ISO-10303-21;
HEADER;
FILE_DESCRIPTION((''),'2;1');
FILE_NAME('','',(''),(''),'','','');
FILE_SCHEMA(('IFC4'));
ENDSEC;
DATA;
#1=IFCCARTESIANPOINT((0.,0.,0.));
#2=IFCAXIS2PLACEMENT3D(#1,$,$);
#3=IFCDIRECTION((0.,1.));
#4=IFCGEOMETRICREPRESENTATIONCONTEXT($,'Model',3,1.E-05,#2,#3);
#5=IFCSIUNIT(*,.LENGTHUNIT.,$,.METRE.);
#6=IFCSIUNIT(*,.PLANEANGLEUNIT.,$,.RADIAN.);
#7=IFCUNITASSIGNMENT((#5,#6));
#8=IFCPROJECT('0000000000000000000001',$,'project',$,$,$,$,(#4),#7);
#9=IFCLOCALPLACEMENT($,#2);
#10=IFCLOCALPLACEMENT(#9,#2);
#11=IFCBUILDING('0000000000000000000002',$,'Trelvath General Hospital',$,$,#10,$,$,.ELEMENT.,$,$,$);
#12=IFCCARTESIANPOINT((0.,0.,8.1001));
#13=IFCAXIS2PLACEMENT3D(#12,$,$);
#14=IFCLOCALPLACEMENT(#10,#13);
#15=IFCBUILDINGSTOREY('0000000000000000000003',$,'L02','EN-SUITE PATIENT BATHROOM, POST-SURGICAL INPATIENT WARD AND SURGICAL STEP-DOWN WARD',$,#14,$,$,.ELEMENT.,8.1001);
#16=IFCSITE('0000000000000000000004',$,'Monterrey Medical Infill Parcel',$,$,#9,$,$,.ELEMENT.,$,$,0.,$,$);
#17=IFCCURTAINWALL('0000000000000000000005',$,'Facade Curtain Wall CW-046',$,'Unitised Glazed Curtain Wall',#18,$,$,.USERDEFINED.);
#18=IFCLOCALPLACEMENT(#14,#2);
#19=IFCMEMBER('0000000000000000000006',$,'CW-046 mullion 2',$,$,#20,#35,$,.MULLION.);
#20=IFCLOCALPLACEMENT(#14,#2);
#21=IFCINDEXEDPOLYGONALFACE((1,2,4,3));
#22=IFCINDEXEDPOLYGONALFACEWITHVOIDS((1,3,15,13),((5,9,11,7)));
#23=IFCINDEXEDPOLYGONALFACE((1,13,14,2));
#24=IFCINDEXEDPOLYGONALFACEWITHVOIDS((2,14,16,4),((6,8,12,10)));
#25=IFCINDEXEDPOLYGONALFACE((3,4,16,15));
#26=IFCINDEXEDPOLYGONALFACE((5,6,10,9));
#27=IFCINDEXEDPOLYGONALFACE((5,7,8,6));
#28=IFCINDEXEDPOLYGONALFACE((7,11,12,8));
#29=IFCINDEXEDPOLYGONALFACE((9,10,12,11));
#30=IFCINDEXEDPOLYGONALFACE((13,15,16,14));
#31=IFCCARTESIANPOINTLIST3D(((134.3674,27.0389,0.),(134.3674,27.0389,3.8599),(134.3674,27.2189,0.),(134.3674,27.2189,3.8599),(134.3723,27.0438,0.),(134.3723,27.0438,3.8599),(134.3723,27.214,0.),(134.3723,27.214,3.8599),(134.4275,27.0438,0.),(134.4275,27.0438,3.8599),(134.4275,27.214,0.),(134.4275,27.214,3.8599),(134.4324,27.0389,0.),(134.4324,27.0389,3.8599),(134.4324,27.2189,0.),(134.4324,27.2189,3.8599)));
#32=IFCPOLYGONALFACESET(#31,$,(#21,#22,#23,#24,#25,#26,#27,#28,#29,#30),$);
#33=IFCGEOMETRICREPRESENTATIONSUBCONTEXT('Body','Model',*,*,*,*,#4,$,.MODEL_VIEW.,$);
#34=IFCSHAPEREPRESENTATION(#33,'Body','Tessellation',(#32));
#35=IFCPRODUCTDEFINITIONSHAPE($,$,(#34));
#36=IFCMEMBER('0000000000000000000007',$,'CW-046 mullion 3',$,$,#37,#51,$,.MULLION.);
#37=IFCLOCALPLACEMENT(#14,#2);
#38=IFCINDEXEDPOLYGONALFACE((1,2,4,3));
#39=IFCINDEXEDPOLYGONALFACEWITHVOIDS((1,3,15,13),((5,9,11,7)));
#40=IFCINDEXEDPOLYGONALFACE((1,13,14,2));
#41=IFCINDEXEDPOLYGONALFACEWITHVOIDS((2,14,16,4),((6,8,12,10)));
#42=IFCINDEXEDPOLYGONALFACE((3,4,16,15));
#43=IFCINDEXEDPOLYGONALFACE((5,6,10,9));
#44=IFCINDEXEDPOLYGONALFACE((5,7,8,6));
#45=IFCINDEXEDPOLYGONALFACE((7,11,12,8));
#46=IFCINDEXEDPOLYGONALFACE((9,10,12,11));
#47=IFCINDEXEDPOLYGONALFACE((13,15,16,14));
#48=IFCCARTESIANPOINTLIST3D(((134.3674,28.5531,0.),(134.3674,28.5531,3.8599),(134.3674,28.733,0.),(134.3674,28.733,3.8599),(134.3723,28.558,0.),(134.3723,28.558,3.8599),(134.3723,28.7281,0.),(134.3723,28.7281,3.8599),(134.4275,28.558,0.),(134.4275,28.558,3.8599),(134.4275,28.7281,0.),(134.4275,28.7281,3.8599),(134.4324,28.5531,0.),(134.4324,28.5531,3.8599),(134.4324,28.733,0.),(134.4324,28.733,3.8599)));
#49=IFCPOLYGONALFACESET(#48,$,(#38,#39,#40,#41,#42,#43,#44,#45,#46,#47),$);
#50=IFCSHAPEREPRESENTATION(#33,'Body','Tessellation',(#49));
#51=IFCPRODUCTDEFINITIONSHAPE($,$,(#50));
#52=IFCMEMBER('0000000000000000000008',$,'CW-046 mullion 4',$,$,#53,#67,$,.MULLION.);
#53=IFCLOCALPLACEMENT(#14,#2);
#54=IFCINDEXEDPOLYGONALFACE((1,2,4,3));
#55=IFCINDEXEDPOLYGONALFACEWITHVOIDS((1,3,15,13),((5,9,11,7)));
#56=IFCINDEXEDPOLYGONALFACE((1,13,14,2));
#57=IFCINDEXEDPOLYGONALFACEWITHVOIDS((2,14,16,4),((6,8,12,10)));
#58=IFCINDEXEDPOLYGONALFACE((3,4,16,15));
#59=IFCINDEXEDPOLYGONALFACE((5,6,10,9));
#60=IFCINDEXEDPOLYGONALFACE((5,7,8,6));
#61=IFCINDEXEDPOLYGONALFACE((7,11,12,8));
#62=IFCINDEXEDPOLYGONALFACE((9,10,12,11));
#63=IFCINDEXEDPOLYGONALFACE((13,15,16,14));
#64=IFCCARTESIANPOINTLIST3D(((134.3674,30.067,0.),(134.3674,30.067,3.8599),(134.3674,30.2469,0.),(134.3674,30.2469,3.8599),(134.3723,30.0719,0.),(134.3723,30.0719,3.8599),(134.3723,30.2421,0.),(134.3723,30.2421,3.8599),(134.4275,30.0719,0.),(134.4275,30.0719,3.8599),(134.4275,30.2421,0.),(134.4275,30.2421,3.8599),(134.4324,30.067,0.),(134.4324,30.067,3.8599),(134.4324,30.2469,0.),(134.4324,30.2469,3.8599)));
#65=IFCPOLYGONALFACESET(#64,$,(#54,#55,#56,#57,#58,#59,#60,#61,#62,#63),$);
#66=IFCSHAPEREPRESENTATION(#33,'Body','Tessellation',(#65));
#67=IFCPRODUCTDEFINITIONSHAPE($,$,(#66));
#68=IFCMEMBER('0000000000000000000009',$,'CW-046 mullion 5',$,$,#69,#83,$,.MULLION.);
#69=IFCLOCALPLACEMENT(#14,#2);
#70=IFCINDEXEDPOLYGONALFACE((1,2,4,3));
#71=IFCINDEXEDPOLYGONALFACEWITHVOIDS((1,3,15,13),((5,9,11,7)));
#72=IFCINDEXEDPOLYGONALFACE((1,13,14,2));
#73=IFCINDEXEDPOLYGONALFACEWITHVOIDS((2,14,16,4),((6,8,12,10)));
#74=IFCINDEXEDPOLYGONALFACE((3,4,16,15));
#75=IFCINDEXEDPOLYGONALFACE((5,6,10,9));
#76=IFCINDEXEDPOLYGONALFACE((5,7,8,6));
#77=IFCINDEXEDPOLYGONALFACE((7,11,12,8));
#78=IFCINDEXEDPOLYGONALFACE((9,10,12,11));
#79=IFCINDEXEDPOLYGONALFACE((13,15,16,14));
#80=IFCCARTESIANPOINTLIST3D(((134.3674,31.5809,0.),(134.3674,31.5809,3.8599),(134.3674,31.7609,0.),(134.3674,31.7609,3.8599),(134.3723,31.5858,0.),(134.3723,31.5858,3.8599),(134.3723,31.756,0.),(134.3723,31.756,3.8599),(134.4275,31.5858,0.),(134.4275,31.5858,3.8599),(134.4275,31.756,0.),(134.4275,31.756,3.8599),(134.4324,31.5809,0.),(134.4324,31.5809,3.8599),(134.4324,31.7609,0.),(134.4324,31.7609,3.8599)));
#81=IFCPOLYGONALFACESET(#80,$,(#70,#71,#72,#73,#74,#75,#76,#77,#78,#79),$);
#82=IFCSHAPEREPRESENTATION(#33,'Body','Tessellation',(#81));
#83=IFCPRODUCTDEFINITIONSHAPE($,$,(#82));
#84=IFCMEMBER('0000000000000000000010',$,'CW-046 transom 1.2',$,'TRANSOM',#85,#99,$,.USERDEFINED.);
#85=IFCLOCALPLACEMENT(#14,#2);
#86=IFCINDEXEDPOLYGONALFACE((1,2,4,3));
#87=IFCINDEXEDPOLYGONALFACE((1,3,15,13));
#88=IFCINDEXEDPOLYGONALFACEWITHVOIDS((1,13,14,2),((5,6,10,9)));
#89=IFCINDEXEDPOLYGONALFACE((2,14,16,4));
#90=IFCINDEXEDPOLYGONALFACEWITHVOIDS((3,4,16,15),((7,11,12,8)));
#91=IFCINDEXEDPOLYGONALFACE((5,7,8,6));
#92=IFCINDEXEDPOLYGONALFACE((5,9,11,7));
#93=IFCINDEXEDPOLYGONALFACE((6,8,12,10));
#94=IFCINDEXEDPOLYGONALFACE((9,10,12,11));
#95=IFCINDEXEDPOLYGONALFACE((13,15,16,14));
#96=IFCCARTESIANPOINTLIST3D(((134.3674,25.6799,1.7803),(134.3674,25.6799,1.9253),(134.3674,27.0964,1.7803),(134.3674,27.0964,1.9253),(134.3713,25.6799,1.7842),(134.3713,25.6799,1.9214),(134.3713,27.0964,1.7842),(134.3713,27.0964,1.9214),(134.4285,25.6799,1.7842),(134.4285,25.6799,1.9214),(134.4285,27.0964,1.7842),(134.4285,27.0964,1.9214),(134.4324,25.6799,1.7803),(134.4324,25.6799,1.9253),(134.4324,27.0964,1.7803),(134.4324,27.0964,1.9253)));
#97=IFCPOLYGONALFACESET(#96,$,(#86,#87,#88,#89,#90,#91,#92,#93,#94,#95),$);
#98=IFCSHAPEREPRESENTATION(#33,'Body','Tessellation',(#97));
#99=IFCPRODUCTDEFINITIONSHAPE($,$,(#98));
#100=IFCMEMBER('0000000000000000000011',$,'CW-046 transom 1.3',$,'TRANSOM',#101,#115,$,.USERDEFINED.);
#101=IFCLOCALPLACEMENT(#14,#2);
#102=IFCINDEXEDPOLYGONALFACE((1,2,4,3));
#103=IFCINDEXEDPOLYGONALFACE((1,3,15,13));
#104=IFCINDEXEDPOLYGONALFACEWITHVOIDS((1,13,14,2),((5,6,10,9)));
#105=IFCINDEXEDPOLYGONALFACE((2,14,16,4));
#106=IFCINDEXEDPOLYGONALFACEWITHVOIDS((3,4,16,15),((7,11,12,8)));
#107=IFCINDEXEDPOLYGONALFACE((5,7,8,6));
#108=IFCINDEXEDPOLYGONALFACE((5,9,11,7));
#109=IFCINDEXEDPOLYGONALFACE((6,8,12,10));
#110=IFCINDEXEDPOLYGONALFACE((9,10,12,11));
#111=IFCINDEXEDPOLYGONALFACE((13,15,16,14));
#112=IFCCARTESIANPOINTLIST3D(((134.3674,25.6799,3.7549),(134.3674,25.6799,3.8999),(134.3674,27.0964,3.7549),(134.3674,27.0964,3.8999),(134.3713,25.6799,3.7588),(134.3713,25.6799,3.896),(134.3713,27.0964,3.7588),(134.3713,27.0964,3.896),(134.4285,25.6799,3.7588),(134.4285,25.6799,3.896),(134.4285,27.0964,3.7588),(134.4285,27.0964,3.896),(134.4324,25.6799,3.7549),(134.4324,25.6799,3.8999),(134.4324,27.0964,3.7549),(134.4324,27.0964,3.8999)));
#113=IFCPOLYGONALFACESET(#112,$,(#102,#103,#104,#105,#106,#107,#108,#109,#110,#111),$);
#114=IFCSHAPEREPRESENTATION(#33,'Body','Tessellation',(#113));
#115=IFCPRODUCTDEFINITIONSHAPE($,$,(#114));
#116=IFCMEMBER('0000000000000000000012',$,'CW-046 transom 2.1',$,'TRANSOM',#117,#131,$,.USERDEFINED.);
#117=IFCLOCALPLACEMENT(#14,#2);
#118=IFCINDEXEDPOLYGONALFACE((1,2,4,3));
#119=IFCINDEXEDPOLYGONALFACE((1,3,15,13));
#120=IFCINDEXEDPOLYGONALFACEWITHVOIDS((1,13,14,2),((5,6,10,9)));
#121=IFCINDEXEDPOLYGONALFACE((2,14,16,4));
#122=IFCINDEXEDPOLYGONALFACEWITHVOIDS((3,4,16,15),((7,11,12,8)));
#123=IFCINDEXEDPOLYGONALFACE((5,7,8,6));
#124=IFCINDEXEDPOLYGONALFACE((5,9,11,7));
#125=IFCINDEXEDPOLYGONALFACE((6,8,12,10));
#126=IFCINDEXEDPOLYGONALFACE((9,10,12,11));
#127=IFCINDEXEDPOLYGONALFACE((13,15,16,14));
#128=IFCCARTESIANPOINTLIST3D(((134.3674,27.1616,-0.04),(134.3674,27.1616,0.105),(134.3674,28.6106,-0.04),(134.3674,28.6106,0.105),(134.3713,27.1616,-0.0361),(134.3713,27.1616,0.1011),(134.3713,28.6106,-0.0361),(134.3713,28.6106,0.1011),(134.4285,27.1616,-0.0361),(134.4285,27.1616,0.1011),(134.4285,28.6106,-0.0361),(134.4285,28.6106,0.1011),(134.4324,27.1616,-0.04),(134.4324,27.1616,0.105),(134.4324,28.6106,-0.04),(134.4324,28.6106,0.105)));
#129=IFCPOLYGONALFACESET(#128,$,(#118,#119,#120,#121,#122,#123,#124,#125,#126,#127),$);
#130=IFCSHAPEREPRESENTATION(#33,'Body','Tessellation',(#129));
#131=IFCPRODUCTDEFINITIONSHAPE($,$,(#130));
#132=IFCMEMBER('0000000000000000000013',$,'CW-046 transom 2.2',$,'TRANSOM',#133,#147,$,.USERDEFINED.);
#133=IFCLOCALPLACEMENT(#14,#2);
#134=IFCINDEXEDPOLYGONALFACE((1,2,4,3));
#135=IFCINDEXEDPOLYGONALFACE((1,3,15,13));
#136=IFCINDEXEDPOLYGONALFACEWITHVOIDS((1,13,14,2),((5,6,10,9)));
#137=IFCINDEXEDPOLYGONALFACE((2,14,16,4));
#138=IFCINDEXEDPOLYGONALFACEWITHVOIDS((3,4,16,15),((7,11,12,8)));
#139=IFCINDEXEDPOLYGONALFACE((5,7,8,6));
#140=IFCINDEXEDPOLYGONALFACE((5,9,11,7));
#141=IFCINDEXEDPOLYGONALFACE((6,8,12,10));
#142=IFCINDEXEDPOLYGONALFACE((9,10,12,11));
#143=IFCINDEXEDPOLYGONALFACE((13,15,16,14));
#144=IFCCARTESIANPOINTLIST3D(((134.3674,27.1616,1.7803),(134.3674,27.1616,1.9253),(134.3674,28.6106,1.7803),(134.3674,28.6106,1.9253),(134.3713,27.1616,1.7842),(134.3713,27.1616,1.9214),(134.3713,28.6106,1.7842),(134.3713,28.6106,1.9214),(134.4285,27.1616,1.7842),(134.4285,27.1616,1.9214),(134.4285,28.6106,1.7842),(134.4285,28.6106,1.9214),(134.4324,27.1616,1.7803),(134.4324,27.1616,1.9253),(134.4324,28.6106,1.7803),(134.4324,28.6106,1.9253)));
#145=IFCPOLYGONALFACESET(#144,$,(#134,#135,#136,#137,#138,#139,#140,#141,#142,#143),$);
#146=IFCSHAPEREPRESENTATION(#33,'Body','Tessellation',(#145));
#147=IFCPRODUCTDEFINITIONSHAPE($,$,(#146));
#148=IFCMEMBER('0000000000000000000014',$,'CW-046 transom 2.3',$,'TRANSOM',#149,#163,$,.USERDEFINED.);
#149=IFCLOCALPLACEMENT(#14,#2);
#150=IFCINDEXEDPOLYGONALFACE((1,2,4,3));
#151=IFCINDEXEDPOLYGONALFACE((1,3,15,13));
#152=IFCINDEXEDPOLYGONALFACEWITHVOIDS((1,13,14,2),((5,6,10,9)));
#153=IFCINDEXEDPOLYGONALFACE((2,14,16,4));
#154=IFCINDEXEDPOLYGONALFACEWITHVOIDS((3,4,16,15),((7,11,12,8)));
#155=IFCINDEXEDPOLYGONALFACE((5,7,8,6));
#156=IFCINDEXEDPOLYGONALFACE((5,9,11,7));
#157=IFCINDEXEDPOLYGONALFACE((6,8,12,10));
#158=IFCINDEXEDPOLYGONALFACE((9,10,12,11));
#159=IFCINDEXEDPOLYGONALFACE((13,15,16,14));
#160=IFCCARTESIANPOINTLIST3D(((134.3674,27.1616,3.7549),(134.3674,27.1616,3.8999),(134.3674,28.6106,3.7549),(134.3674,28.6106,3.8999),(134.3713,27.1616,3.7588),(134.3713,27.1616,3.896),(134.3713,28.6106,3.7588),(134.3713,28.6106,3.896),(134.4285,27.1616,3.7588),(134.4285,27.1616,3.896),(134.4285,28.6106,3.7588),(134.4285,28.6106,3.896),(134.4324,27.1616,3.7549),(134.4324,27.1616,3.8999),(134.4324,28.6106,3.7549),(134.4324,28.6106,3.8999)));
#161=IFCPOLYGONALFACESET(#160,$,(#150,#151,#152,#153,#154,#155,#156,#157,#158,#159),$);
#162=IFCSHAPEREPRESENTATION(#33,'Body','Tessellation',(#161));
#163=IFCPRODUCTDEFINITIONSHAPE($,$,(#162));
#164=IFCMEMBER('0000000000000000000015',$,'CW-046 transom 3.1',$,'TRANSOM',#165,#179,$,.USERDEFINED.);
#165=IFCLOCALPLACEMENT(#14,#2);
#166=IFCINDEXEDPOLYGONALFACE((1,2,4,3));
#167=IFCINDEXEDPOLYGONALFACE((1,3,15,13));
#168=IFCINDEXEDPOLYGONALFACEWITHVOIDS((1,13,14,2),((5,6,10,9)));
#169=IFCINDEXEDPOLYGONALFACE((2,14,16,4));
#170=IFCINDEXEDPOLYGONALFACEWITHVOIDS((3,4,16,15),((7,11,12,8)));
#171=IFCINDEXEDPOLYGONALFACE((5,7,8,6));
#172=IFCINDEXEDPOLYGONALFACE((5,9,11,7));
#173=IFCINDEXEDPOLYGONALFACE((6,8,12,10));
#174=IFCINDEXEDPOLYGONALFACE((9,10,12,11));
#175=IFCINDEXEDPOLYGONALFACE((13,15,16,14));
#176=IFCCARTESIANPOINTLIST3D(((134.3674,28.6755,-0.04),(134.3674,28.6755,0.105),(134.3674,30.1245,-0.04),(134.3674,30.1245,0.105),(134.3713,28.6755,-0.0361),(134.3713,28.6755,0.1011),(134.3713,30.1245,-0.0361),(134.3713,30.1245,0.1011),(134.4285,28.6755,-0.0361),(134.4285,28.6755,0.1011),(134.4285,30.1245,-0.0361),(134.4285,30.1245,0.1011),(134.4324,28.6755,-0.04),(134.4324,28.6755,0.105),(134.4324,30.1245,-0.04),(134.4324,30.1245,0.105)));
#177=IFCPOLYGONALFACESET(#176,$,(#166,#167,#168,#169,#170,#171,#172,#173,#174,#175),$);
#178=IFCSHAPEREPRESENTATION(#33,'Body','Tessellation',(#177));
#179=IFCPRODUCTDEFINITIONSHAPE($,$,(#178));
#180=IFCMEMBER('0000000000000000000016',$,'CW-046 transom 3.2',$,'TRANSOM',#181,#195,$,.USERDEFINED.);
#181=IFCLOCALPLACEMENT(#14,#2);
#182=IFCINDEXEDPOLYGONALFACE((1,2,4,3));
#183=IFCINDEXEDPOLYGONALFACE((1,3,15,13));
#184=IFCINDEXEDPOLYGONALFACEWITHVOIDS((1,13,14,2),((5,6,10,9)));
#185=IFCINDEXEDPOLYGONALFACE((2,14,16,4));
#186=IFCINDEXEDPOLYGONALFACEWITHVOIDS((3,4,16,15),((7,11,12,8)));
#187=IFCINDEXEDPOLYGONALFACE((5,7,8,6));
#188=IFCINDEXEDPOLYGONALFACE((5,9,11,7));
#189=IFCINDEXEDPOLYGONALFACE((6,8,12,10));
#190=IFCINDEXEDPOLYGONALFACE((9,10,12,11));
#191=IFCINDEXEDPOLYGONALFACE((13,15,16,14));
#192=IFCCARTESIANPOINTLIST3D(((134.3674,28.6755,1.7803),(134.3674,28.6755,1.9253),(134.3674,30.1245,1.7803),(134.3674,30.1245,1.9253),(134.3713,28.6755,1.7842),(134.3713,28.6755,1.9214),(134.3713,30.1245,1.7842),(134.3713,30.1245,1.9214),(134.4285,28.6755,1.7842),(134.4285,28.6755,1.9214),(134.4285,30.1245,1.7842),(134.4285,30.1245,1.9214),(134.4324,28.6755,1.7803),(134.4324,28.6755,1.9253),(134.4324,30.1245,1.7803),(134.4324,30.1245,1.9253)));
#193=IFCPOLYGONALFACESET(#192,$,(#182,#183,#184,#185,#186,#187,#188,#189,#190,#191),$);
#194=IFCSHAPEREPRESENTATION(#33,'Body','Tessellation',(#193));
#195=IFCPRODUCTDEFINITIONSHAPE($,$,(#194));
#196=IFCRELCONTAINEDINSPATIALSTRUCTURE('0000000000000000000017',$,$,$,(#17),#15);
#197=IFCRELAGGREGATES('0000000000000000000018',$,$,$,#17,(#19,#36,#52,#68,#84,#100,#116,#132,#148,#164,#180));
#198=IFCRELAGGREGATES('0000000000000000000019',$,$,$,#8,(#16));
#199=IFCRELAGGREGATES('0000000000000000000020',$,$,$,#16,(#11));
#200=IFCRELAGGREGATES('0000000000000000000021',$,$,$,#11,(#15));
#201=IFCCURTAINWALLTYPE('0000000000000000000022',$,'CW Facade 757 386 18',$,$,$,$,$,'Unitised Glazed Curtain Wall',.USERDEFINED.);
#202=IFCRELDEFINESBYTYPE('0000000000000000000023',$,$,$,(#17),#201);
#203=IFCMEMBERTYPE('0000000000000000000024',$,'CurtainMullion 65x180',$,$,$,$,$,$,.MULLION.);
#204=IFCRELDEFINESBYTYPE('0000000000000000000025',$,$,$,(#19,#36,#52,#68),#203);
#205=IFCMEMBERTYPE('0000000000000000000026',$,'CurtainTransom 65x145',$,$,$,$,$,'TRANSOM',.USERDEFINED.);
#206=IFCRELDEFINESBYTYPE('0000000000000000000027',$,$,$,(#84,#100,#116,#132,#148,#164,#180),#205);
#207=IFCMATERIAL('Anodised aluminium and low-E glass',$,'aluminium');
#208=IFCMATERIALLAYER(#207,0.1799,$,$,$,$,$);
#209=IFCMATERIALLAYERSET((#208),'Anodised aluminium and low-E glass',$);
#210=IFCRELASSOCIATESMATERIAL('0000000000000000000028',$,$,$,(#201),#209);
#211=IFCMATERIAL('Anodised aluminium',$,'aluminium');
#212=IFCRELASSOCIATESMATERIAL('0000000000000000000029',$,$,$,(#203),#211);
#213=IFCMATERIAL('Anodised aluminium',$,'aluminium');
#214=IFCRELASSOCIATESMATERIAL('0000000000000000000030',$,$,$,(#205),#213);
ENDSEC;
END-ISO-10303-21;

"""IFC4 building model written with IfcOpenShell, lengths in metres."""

from ifc_helpers import new_model, si_unit, direction, frame, origin, origin_2d, place, context, subcontext, project, spatial, hollow_rectangle, extrude, material, layer, layer_set, material_profile, profile_set, type_object, element, aggregate, save


model = new_model("IFC4")

# Units and contexts
model_context = context("Model", 3, precision=1e-05, world=origin(), true_north=direction((0.0, 1.0)))
body_context = subcontext(model_context, "Body", "Model", "MODEL_VIEW")
ifc_project = project(units=[si_unit("LENGTHUNIT", "METRE"), si_unit("PLANEANGLEUNIT", "RADIAN")], contexts=[model_context])

# Site, building, storey
site_placement = place(None, origin())
site = spatial("IfcSite", under=ifc_project, at=site_placement, Name="Monterrey Medical Infill Parcel", CompositionType="ELEMENT", RefElevation=0.0)
building_placement = place(site_placement, origin())
building = spatial("IfcBuilding", under=site, at=building_placement, Name="Trelvath General Hospital", CompositionType="ELEMENT")
storey_placement = place(building_placement, frame((0.0, 0.0, 8.1001)))
storey = spatial("IfcBuildingStorey", under=building, at=storey_placement, Name="L02", Description="EN-SUITE PATIENT BATHROOM, POST-SURGICAL INPATIENT WARD AND SURGICAL STEP-DOWN WARD", CompositionType="ELEMENT", Elevation=8.1001)

# Curtain wall, members
ifc_material_1 = material(Name="Anodised aluminium and low-E glass", Category="aluminium")
ifc_layer_1 = layer(ifc_material_1, 0.1799)
ifc_layer_set_1 = layer_set([ifc_layer_1], Name="Anodised aluminium and low-E glass")
curtain_wall_type = type_object("IfcCurtainWallType", Name="CW Facade 757 386 18", ElementType="Unitised Glazed Curtain Wall", PredefinedType="USERDEFINED", material=ifc_layer_set_1)
curtain_wall_placement = place(storey_placement, origin())
curtain_wall = element("IfcCurtainWall", 1, at=curtain_wall_placement, inside=storey, type_object=curtain_wall_type, Name="Facade Curtain Wall CW-046", ObjectType="Unitised Glazed Curtain Wall", PredefinedType="USERDEFINED")
ifc_material_2 = material(Name="Anodised aluminium", Category="aluminium")
ifc_material_profile_1 = material_profile(ifc_material_2, hollow_rectangle(XDim=0.0649, YDim=0.1799, WallThickness=0.0049, at=origin_2d()), Name="RHS65x180x5")
ifc_profile_set_1 = profile_set([ifc_material_profile_1], Name="Anodised aluminium")
member_type_1 = type_object("IfcMemberType", Name="CurtainMullion 65x180", PredefinedType="MULLION", material=ifc_profile_set_1)
member_1_placement = place(storey_placement, frame((134.3999, 27.1289, 0.0), z_axis=(0.0, 0.0, 1.0), x_axis=(-1.0, 0.0, 0.0)))
member_1 = element("IfcMember", 2, at=member_1_placement, type_object=member_type_1, Name="CW-046 mullion 2", PredefinedType="MULLION", context=body_context, shape_type="SweptSolid", body=[
    extrude(hollow_rectangle(XDim=0.0649, YDim=0.1799, WallThickness=0.0049, at=origin_2d()), origin(), (0.0, 0.0, 1.0), 3.8599),
])
member_2_placement = place(storey_placement, frame((134.3999, 28.6431, 0.0), z_axis=(0.0, 0.0, 1.0), x_axis=(-1.0, 0.0, 0.0)))
member_2 = element("IfcMember", 3, at=member_2_placement, type_object=member_type_1, Name="CW-046 mullion 3", PredefinedType="MULLION", context=body_context, shape_type="SweptSolid", body=[
    extrude(hollow_rectangle(XDim=0.0649, YDim=0.1799, WallThickness=0.0049, at=origin_2d()), origin(), (0.0, 0.0, 1.0), 3.8599),
])
member_3_placement = place(storey_placement, frame((134.3999, 30.157, 0.0), z_axis=(0.0, 0.0, 1.0), x_axis=(-1.0, 0.0, 0.0)))
member_3 = element("IfcMember", 4, at=member_3_placement, type_object=member_type_1, Name="CW-046 mullion 4", PredefinedType="MULLION", context=body_context, shape_type="SweptSolid", body=[
    extrude(hollow_rectangle(XDim=0.0649, YDim=0.1799, WallThickness=0.0049, at=origin_2d()), origin(), (0.0, 0.0, 1.0), 3.8599),
])
member_4_placement = place(storey_placement, frame((134.3999, 31.6709, 0.0), z_axis=(0.0, 0.0, 1.0), x_axis=(-1.0, 0.0, 0.0)))
member_4 = element("IfcMember", 5, at=member_4_placement, type_object=member_type_1, Name="CW-046 mullion 5", PredefinedType="MULLION", context=body_context, shape_type="SweptSolid", body=[
    extrude(hollow_rectangle(XDim=0.0649, YDim=0.1799, WallThickness=0.0049, at=origin_2d()), origin(), (0.0, 0.0, 1.0), 3.8599),
])
ifc_material_3 = material(Name="Anodised aluminium", Category="aluminium")
ifc_material_profile_2 = material_profile(ifc_material_3, hollow_rectangle(XDim=0.0649, YDim=0.145, WallThickness=0.0039, at=origin_2d()), Name="RHS65x145x4")
ifc_profile_set_2 = profile_set([ifc_material_profile_2], Name="Anodised aluminium")
member_type_2 = type_object("IfcMemberType", Name="CurtainTransom 65x145", ElementType="TRANSOM", PredefinedType="USERDEFINED", material=ifc_profile_set_2)
member_5_placement = place(storey_placement, frame((134.3999, 25.6799, 1.8528), z_axis=(0.0, 1.0, 0.0), x_axis=(-1.0, 0.0, 0.0)))
member_5 = element("IfcMember", 6, at=member_5_placement, type_object=member_type_2, Name="CW-046 transom 1.2", ObjectType="TRANSOM", PredefinedType="USERDEFINED", context=body_context, shape_type="SweptSolid", body=[
    extrude(hollow_rectangle(XDim=0.0649, YDim=0.145, WallThickness=0.0039, at=origin_2d()), origin(), (0.0, 0.0, 1.0), 1.4165),
])
member_6_placement = place(storey_placement, frame((134.3999, 25.6799, 3.8274), z_axis=(0.0, 1.0, 0.0), x_axis=(-1.0, 0.0, 0.0)))
member_6 = element("IfcMember", 7, at=member_6_placement, type_object=member_type_2, Name="CW-046 transom 1.3", ObjectType="TRANSOM", PredefinedType="USERDEFINED", context=body_context, shape_type="SweptSolid", body=[
    extrude(hollow_rectangle(XDim=0.0649, YDim=0.145, WallThickness=0.0039, at=origin_2d()), origin(), (0.0, 0.0, 1.0), 1.4165),
])
member_7_placement = place(storey_placement, frame((134.3999, 27.1616, 0.0325), z_axis=(0.0, 1.0, 0.0), x_axis=(-1.0, 0.0, 0.0)))
member_7 = element("IfcMember", 8, at=member_7_placement, type_object=member_type_2, Name="CW-046 transom 2.1", ObjectType="TRANSOM", PredefinedType="USERDEFINED", context=body_context, shape_type="SweptSolid", body=[
    extrude(hollow_rectangle(XDim=0.0649, YDim=0.145, WallThickness=0.0039, at=origin_2d()), origin(), (0.0, 0.0, 1.0), 1.449),
])
member_8_placement = place(storey_placement, frame((134.3999, 27.1616, 1.8528), z_axis=(0.0, 1.0, 0.0), x_axis=(-1.0, 0.0, 0.0)))
member_8 = element("IfcMember", 9, at=member_8_placement, type_object=member_type_2, Name="CW-046 transom 2.2", ObjectType="TRANSOM", PredefinedType="USERDEFINED", context=body_context, shape_type="SweptSolid", body=[
    extrude(hollow_rectangle(XDim=0.0649, YDim=0.145, WallThickness=0.0039, at=origin_2d()), origin(), (0.0, 0.0, 1.0), 1.449),
])
member_9_placement = place(storey_placement, frame((134.3999, 27.1616, 3.8274), z_axis=(0.0, 1.0, 0.0), x_axis=(-1.0, 0.0, 0.0)))
member_9 = element("IfcMember", 10, at=member_9_placement, type_object=member_type_2, Name="CW-046 transom 2.3", ObjectType="TRANSOM", PredefinedType="USERDEFINED", context=body_context, shape_type="SweptSolid", body=[
    extrude(hollow_rectangle(XDim=0.0649, YDim=0.145, WallThickness=0.0039, at=origin_2d()), origin(), (0.0, 0.0, 1.0), 1.449),
])
member_10_placement = place(storey_placement, frame((134.3999, 28.6755, 0.0325), z_axis=(0.0, 1.0, 0.0), x_axis=(-1.0, 0.0, 0.0)))
member_10 = element("IfcMember", 11, at=member_10_placement, type_object=member_type_2, Name="CW-046 transom 3.1", ObjectType="TRANSOM", PredefinedType="USERDEFINED", context=body_context, shape_type="SweptSolid", body=[
    extrude(hollow_rectangle(XDim=0.0649, YDim=0.145, WallThickness=0.0039, at=origin_2d()), origin(), (0.0, 0.0, 1.0), 1.449),
])
member_11_placement = place(storey_placement, frame((134.3999, 28.6755, 1.8528), z_axis=(0.0, 1.0, 0.0), x_axis=(-1.0, 0.0, 0.0)))
member_11 = element("IfcMember", 12, at=member_11_placement, type_object=member_type_2, Name="CW-046 transom 3.2", ObjectType="TRANSOM", PredefinedType="USERDEFINED", context=body_context, shape_type="SweptSolid", body=[
    extrude(hollow_rectangle(XDim=0.0649, YDim=0.145, WallThickness=0.0039, at=origin_2d()), origin(), (0.0, 0.0, 1.0), 1.449),
])
aggregate(curtain_wall, [member_1, member_2, member_3, member_4, member_5, member_6, member_7, member_8, member_9, member_10, member_11])

save(model, "model.ifc")
